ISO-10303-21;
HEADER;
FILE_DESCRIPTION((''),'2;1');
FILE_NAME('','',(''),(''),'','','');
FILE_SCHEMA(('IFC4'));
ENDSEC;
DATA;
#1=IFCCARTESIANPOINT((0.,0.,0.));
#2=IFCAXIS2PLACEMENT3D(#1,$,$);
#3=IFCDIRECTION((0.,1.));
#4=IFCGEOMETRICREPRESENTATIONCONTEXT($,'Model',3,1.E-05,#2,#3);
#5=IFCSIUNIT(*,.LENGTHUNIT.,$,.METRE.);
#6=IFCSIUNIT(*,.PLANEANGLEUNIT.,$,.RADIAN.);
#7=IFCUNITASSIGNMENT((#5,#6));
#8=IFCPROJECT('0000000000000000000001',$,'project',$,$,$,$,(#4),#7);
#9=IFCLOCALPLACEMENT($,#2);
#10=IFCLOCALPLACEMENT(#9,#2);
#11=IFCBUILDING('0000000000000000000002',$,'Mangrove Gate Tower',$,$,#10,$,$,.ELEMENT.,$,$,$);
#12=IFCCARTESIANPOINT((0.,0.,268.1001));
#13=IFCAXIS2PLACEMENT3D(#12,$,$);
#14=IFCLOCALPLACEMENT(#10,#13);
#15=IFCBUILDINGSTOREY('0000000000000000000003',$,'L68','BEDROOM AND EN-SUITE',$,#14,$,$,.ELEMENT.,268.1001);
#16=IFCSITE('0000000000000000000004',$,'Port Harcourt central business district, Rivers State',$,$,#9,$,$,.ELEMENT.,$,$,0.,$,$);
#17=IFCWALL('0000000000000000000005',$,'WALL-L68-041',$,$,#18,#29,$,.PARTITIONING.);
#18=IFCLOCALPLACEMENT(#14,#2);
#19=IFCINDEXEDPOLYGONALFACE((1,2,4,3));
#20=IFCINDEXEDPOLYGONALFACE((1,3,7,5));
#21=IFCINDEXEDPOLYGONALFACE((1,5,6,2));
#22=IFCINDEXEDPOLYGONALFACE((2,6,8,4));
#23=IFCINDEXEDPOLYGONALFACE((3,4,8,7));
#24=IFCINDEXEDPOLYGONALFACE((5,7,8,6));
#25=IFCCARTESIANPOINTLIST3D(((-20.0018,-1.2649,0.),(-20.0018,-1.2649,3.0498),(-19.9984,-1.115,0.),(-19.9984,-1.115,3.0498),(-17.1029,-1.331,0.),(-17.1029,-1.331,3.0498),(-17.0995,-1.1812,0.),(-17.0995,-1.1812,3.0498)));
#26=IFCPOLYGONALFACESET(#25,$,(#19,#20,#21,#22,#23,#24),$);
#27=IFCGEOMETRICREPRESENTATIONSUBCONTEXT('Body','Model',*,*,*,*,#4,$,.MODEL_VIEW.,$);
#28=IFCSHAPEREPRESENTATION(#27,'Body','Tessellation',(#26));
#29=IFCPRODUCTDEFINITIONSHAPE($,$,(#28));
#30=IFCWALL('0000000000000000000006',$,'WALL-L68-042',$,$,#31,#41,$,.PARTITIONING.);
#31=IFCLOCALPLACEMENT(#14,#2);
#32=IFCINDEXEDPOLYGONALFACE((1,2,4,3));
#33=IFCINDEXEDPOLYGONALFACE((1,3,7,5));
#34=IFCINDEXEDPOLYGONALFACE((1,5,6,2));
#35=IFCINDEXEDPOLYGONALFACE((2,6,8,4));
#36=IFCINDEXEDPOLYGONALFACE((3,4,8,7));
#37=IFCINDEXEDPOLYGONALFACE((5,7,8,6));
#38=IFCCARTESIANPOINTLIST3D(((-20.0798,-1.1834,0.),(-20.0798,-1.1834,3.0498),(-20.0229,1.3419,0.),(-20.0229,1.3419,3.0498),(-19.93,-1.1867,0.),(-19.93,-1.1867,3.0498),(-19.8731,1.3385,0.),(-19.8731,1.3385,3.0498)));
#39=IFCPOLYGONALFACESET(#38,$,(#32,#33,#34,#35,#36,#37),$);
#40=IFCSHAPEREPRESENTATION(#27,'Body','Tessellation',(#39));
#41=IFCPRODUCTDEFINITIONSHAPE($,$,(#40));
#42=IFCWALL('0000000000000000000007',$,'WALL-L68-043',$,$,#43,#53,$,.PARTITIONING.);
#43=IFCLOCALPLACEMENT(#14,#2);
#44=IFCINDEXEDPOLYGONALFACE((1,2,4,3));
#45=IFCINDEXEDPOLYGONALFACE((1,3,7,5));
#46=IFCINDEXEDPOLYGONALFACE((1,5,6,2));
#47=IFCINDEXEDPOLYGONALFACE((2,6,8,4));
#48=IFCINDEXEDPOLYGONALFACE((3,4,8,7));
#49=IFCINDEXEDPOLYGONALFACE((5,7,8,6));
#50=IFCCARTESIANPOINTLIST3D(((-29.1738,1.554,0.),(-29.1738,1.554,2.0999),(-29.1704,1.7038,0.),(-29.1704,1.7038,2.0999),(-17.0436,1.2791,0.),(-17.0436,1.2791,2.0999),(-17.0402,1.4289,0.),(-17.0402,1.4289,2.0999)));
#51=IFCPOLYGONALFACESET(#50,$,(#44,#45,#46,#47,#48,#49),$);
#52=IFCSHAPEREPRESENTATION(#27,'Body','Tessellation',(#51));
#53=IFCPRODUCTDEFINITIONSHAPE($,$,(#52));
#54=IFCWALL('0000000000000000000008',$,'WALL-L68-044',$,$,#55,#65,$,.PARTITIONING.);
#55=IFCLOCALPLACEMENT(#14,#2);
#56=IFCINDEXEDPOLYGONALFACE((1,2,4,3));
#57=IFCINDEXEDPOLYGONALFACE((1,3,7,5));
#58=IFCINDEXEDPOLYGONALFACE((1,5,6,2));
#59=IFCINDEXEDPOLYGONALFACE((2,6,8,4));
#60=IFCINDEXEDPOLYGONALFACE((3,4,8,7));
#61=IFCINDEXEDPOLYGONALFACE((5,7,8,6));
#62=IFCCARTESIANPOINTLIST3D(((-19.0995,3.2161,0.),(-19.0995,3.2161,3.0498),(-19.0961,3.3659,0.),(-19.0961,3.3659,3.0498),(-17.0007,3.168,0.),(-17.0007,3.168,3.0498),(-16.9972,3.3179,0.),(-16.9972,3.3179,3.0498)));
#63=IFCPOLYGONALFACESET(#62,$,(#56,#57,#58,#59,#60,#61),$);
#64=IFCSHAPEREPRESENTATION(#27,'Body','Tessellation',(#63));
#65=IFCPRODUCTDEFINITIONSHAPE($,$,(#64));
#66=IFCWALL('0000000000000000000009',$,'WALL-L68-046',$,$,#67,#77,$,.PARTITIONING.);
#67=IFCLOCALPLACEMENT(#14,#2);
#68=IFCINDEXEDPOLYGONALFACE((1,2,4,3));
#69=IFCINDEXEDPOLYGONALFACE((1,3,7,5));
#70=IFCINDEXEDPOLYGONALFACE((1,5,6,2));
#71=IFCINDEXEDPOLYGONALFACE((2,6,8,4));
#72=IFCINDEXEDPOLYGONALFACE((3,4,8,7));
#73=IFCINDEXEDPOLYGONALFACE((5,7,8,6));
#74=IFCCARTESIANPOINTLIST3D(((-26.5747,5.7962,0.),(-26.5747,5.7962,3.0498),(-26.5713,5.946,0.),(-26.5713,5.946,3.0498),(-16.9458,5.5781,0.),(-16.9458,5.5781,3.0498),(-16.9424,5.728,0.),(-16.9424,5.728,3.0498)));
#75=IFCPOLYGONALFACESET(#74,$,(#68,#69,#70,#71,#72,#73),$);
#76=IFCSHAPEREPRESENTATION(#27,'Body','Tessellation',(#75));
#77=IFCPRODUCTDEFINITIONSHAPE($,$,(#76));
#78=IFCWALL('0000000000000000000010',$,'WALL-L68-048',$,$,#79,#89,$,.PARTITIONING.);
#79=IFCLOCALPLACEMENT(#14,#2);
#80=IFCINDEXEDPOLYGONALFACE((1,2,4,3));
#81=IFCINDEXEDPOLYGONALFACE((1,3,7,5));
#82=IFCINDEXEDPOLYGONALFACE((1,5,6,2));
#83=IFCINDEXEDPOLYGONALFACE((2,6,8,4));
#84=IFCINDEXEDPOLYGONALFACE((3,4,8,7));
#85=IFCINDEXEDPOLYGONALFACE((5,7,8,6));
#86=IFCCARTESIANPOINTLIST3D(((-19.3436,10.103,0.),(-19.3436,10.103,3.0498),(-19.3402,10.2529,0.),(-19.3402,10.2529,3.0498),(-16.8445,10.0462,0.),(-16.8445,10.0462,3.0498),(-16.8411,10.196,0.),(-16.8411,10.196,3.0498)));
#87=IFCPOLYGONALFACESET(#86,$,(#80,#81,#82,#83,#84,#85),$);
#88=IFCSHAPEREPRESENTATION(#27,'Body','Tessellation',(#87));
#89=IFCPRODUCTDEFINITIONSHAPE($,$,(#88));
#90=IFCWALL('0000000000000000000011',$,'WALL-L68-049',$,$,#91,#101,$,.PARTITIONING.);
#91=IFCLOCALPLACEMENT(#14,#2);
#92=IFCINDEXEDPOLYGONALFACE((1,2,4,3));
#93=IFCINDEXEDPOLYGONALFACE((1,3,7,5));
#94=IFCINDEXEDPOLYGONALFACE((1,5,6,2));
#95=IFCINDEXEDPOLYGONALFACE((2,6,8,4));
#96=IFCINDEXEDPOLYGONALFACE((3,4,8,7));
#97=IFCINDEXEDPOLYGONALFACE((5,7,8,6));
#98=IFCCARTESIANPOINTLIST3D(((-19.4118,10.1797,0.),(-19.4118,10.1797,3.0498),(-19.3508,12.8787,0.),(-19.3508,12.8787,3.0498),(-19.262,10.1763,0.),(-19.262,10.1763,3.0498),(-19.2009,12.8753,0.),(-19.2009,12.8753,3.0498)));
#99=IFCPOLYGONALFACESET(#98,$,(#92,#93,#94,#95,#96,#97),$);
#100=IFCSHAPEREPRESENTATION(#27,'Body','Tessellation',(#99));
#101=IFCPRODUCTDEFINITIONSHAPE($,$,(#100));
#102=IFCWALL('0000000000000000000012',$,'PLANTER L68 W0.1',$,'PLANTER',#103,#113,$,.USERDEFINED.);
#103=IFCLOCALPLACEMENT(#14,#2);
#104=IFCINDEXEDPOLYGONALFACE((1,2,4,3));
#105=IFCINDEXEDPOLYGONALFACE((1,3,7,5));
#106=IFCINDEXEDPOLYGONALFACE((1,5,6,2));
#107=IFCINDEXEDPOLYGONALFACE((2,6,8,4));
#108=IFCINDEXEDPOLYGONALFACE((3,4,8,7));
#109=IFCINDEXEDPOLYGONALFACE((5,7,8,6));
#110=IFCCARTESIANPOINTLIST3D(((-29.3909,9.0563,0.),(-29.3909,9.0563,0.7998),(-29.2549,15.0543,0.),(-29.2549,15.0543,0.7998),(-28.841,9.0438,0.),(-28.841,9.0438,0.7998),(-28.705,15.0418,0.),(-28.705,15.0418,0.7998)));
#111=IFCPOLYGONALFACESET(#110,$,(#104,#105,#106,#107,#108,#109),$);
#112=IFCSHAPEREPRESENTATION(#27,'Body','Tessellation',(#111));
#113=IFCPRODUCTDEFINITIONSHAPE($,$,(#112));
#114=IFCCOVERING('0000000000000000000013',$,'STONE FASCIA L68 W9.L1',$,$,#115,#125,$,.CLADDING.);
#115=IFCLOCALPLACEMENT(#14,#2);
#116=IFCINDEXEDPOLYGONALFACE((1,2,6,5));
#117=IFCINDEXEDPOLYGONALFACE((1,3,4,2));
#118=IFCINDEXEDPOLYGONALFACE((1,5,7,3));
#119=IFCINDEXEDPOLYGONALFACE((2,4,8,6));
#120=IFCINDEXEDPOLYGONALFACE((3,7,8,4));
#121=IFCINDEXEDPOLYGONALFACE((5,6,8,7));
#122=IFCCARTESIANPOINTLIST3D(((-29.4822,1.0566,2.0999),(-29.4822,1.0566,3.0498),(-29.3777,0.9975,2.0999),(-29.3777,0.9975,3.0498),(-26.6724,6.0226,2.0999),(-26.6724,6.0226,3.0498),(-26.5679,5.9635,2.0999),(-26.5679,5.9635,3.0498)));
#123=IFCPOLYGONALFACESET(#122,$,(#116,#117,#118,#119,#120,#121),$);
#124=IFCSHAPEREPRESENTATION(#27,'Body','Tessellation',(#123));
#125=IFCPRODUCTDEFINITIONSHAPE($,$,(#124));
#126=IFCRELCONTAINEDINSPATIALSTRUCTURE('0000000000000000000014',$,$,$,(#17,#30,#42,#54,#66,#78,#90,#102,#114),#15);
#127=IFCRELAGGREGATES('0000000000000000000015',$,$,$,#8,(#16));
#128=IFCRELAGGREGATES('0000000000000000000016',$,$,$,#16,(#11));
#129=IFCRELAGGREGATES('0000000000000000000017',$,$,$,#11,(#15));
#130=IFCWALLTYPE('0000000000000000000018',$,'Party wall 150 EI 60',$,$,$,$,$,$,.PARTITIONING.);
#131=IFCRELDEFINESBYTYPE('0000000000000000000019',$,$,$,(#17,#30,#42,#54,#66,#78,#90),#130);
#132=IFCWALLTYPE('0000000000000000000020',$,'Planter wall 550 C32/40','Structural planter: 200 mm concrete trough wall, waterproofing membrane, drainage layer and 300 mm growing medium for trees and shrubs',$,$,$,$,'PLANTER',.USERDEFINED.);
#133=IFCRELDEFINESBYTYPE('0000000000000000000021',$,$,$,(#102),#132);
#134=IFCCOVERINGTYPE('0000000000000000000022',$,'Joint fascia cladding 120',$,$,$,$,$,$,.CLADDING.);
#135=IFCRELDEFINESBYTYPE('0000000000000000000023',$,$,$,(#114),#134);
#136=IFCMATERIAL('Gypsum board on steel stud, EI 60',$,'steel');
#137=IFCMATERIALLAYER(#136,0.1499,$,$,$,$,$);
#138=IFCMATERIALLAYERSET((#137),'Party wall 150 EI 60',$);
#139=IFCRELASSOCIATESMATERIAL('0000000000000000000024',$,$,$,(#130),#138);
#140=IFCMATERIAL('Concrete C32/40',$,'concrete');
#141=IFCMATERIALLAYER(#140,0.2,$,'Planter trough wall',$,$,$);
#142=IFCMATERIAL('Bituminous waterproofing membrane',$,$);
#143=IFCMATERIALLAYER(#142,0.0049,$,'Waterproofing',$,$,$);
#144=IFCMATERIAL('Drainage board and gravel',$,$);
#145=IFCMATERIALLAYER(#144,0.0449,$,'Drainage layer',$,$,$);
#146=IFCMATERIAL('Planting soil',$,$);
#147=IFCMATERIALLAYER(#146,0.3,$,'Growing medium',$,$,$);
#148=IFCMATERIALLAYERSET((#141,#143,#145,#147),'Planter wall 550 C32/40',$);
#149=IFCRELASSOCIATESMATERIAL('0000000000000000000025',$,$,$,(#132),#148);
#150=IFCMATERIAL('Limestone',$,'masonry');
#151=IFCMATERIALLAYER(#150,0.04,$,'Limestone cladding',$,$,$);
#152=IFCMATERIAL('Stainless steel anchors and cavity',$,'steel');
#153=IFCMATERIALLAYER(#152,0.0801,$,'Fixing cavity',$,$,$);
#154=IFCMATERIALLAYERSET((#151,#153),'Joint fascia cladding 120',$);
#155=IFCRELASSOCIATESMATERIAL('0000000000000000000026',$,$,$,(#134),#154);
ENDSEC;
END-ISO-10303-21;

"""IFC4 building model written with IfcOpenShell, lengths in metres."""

from ifc_helpers import new_model, si_unit, direction, frame, frame_2d, origin, place, context, subcontext, project, spatial, rectangle, extrude, material, layer, layer_set, type_object, element, save


model = new_model("IFC4")

# Units and contexts
model_context = context("Model", 3, precision=1e-05, world=origin(), true_north=direction((0.0, 1.0)))
body_context = subcontext(model_context, "Body", "Model", "MODEL_VIEW")
ifc_project = project(units=[si_unit("LENGTHUNIT", "METRE"), si_unit("PLANEANGLEUNIT", "RADIAN")], contexts=[model_context])

# Site, building, storey
site_placement = place(None, origin())
site = spatial("IfcSite", under=ifc_project, at=site_placement, Name="Port Harcourt central business district, Rivers State", CompositionType="ELEMENT", RefElevation=0.0)
building_placement = place(site_placement, origin())
building = spatial("IfcBuilding", under=site, at=building_placement, Name="Mangrove Gate Tower", CompositionType="ELEMENT")
storey_placement = place(building_placement, frame((0.0, 0.0, 268.1001)))
storey = spatial("IfcBuildingStorey", under=building, at=storey_placement, Name="L68", Description="BEDROOM AND EN-SUITE", CompositionType="ELEMENT", Elevation=268.1001)

# Shared definitions
ifc_material_1 = material(Name="Limestone", Category="masonry")

# Walls
ifc_material_2 = material(Name="Gypsum board on steel stud, EI 60", Category="steel")
ifc_layer_1 = layer(ifc_material_2, 0.1499)
ifc_layer_set_1 = layer_set([ifc_layer_1], Name="Party wall 150 EI 60")
wall_type_1 = type_object("IfcWallType", Name="Party wall 150 EI 60", PredefinedType="PARTITIONING", material=ifc_layer_set_1)
wall_1_placement = place(storey_placement, frame((-20.0, -1.1899, 0.0), z_axis=(0.0, 0.0, 1.0), x_axis=(0.99974, -0.022817, 0.0)))
element("IfcWall", 1, at=wall_1_placement, inside=storey, type_object=wall_type_1, Name="WALL-L68-041", PredefinedType="PARTITIONING", context=body_context, shape_type="SweptSolid", body=[
    extrude(rectangle(XDim=2.8997, YDim=0.1499, at=frame_2d((1.4497, 0.0))), origin(), (0.0, 0.0, 1.0), 3.0498),
])
wall_2_placement = place(storey_placement, frame((-20.0049, -1.1851, 0.0), z_axis=(0.0, 0.0, 1.0), x_axis=(0.022522, 0.999746, 0.0)))
element("IfcWall", 2, at=wall_2_placement, inside=storey, type_object=wall_type_1, Name="WALL-L68-042", PredefinedType="PARTITIONING", context=body_context, shape_type="SweptSolid", body=[
    extrude(rectangle(XDim=2.5259, YDim=0.1499, at=frame_2d((1.2629, 0.0))), origin(), (0.0, 0.0, 1.0), 3.0498),
])
wall_3_placement = place(storey_placement, frame((-29.1721, 1.6289, 0.0), z_axis=(0.0, 0.0, 1.0), x_axis=(0.999743, -0.022657, 0.0)))
element("IfcWall", 3, at=wall_3_placement, inside=storey, type_object=wall_type_1, Name="WALL-L68-043", PredefinedType="PARTITIONING", context=body_context, shape_type="SweptSolid", body=[
    extrude(rectangle(XDim=12.1333, YDim=0.1499, at=frame_2d((6.0667, 0.0))), origin(), (0.0, 0.0, 1.0), 2.0999),
])
wall_4_placement = place(storey_placement, frame((-19.0979, 3.291, 0.0), z_axis=(0.0, 0.0, 1.0), x_axis=(0.999738, -0.022909, 0.0)))
element("IfcWall", 4, at=wall_4_placement, inside=storey, type_object=wall_type_1, Name="WALL-L68-044", PredefinedType="PARTITIONING", context=body_context, shape_type="SweptSolid", body=[
    extrude(rectangle(XDim=2.0994, YDim=0.1499, at=frame_2d((1.0498, 0.0))), origin(), (0.0, 0.0, 1.0), 3.0498),
])
wall_5_placement = place(storey_placement, frame((-26.573, 5.8711, 0.0), z_axis=(0.0, 0.0, 1.0), x_axis=(0.999744, -0.022636, 0.0)))
element("IfcWall", 5, at=wall_5_placement, inside=storey, type_object=wall_type_1, Name="WALL-L68-046", PredefinedType="PARTITIONING", context=body_context, shape_type="SweptSolid", body=[
    extrude(rectangle(XDim=9.6313, YDim=0.1499, at=frame_2d((4.8157, 0.0))), origin(), (0.0, 0.0, 1.0), 3.0498),
])
wall_6_placement = place(storey_placement, frame((-19.342, 10.178, 0.0), z_axis=(0.0, 0.0, 1.0), x_axis=(0.999741, -0.022757, 0.0)))
element("IfcWall", 6, at=wall_6_placement, inside=storey, type_object=wall_type_1, Name="WALL-L68-048", PredefinedType="PARTITIONING", context=body_context, shape_type="SweptSolid", body=[
    extrude(rectangle(XDim=2.4998, YDim=0.1499, at=frame_2d((1.25, 0.0))), origin(), (0.0, 0.0, 1.0), 3.0498),
])
wall_7_placement = place(storey_placement, frame((-19.3369, 10.178, 0.0), z_axis=(0.0, 0.0, 1.0), x_axis=(0.022608, 0.999744, 0.0)))
element("IfcWall", 7, at=wall_7_placement, inside=storey, type_object=wall_type_1, Name="WALL-L68-049", PredefinedType="PARTITIONING", context=body_context, shape_type="SweptSolid", body=[
    extrude(rectangle(XDim=2.6997, YDim=0.1499, at=frame_2d((1.3499, 0.0))), origin(), (0.0, 0.0, 1.0), 3.0498),
])
ifc_material_3 = material(Name="Concrete C32/40", Category="concrete")
ifc_layer_2 = layer(ifc_material_3, 0.2, Name="Planter trough wall")
ifc_material_4 = material(Name="Bituminous waterproofing membrane")
ifc_layer_3 = layer(ifc_material_4, 0.0049, Name="Waterproofing")
ifc_material_5 = material(Name="Drainage board and gravel")
ifc_layer_4 = layer(ifc_material_5, 0.0449, Name="Drainage layer")
ifc_material_6 = material(Name="Planting soil")
ifc_layer_5 = layer(ifc_material_6, 0.3, Name="Growing medium")
ifc_layer_set_2 = layer_set([ifc_layer_2, ifc_layer_3, ifc_layer_4, ifc_layer_5], Name="Planter wall 550 C32/40")
wall_type_2 = type_object("IfcWallType", Name="Planter wall 550 C32/40", Description="Structural planter: 200 mm concrete trough wall, waterproofing membrane, drainage layer and 300 mm growing medium for trees and shrubs", ElementType="PLANTER", PredefinedType="USERDEFINED", material=ifc_layer_set_2)
wall_8_placement = place(storey_placement, frame((-29.116, 9.05, 0.0), z_axis=(0.0, 0.0, 1.0), x_axis=(0.022666, 0.999743, 0.0)))
element("IfcWall", 8, at=wall_8_placement, inside=storey, type_object=wall_type_2, Name="PLANTER L68 W0.1", ObjectType="PLANTER", PredefinedType="USERDEFINED", context=body_context, shape_type="SweptSolid", body=[
    extrude(rectangle(XDim=5.9995, YDim=0.55, at=frame_2d((2.9998, 0.0))), origin(), (0.0, 0.0, 1.0), 0.7998),
])

# Covering
ifc_layer_6 = layer(ifc_material_1, 0.04, Name="Limestone cladding")
ifc_material_7 = material(Name="Stainless steel anchors and cavity", Category="steel")
ifc_layer_7 = layer(ifc_material_7, 0.0801, Name="Fixing cavity")
ifc_layer_set_3 = layer_set([ifc_layer_6, ifc_layer_7], Name="Joint fascia cladding 120")
covering_type = type_object("IfcCoveringType", Name="Joint fascia cladding 120", PredefinedType="CLADDING", material=ifc_layer_set_3)
covering_placement = place(storey_placement, frame((-26.6201, 5.9932, 2.0999), z_axis=(0.0, 0.0, 1.0), x_axis=(-0.492444, -0.870344, 0.0)))
element("IfcCovering", 9, at=covering_placement, inside=storey, type_object=covering_type, Name="STONE FASCIA L68 W9.L1", PredefinedType="CLADDING", context=body_context, shape_type="SweptSolid", body=[
    extrude(rectangle(XDim=5.7058, YDim=0.1201, at=frame_2d((2.853, 0.0))), origin(), (0.0, 0.0, 1.0), 0.95),
])

save(model, "model.ifc")
